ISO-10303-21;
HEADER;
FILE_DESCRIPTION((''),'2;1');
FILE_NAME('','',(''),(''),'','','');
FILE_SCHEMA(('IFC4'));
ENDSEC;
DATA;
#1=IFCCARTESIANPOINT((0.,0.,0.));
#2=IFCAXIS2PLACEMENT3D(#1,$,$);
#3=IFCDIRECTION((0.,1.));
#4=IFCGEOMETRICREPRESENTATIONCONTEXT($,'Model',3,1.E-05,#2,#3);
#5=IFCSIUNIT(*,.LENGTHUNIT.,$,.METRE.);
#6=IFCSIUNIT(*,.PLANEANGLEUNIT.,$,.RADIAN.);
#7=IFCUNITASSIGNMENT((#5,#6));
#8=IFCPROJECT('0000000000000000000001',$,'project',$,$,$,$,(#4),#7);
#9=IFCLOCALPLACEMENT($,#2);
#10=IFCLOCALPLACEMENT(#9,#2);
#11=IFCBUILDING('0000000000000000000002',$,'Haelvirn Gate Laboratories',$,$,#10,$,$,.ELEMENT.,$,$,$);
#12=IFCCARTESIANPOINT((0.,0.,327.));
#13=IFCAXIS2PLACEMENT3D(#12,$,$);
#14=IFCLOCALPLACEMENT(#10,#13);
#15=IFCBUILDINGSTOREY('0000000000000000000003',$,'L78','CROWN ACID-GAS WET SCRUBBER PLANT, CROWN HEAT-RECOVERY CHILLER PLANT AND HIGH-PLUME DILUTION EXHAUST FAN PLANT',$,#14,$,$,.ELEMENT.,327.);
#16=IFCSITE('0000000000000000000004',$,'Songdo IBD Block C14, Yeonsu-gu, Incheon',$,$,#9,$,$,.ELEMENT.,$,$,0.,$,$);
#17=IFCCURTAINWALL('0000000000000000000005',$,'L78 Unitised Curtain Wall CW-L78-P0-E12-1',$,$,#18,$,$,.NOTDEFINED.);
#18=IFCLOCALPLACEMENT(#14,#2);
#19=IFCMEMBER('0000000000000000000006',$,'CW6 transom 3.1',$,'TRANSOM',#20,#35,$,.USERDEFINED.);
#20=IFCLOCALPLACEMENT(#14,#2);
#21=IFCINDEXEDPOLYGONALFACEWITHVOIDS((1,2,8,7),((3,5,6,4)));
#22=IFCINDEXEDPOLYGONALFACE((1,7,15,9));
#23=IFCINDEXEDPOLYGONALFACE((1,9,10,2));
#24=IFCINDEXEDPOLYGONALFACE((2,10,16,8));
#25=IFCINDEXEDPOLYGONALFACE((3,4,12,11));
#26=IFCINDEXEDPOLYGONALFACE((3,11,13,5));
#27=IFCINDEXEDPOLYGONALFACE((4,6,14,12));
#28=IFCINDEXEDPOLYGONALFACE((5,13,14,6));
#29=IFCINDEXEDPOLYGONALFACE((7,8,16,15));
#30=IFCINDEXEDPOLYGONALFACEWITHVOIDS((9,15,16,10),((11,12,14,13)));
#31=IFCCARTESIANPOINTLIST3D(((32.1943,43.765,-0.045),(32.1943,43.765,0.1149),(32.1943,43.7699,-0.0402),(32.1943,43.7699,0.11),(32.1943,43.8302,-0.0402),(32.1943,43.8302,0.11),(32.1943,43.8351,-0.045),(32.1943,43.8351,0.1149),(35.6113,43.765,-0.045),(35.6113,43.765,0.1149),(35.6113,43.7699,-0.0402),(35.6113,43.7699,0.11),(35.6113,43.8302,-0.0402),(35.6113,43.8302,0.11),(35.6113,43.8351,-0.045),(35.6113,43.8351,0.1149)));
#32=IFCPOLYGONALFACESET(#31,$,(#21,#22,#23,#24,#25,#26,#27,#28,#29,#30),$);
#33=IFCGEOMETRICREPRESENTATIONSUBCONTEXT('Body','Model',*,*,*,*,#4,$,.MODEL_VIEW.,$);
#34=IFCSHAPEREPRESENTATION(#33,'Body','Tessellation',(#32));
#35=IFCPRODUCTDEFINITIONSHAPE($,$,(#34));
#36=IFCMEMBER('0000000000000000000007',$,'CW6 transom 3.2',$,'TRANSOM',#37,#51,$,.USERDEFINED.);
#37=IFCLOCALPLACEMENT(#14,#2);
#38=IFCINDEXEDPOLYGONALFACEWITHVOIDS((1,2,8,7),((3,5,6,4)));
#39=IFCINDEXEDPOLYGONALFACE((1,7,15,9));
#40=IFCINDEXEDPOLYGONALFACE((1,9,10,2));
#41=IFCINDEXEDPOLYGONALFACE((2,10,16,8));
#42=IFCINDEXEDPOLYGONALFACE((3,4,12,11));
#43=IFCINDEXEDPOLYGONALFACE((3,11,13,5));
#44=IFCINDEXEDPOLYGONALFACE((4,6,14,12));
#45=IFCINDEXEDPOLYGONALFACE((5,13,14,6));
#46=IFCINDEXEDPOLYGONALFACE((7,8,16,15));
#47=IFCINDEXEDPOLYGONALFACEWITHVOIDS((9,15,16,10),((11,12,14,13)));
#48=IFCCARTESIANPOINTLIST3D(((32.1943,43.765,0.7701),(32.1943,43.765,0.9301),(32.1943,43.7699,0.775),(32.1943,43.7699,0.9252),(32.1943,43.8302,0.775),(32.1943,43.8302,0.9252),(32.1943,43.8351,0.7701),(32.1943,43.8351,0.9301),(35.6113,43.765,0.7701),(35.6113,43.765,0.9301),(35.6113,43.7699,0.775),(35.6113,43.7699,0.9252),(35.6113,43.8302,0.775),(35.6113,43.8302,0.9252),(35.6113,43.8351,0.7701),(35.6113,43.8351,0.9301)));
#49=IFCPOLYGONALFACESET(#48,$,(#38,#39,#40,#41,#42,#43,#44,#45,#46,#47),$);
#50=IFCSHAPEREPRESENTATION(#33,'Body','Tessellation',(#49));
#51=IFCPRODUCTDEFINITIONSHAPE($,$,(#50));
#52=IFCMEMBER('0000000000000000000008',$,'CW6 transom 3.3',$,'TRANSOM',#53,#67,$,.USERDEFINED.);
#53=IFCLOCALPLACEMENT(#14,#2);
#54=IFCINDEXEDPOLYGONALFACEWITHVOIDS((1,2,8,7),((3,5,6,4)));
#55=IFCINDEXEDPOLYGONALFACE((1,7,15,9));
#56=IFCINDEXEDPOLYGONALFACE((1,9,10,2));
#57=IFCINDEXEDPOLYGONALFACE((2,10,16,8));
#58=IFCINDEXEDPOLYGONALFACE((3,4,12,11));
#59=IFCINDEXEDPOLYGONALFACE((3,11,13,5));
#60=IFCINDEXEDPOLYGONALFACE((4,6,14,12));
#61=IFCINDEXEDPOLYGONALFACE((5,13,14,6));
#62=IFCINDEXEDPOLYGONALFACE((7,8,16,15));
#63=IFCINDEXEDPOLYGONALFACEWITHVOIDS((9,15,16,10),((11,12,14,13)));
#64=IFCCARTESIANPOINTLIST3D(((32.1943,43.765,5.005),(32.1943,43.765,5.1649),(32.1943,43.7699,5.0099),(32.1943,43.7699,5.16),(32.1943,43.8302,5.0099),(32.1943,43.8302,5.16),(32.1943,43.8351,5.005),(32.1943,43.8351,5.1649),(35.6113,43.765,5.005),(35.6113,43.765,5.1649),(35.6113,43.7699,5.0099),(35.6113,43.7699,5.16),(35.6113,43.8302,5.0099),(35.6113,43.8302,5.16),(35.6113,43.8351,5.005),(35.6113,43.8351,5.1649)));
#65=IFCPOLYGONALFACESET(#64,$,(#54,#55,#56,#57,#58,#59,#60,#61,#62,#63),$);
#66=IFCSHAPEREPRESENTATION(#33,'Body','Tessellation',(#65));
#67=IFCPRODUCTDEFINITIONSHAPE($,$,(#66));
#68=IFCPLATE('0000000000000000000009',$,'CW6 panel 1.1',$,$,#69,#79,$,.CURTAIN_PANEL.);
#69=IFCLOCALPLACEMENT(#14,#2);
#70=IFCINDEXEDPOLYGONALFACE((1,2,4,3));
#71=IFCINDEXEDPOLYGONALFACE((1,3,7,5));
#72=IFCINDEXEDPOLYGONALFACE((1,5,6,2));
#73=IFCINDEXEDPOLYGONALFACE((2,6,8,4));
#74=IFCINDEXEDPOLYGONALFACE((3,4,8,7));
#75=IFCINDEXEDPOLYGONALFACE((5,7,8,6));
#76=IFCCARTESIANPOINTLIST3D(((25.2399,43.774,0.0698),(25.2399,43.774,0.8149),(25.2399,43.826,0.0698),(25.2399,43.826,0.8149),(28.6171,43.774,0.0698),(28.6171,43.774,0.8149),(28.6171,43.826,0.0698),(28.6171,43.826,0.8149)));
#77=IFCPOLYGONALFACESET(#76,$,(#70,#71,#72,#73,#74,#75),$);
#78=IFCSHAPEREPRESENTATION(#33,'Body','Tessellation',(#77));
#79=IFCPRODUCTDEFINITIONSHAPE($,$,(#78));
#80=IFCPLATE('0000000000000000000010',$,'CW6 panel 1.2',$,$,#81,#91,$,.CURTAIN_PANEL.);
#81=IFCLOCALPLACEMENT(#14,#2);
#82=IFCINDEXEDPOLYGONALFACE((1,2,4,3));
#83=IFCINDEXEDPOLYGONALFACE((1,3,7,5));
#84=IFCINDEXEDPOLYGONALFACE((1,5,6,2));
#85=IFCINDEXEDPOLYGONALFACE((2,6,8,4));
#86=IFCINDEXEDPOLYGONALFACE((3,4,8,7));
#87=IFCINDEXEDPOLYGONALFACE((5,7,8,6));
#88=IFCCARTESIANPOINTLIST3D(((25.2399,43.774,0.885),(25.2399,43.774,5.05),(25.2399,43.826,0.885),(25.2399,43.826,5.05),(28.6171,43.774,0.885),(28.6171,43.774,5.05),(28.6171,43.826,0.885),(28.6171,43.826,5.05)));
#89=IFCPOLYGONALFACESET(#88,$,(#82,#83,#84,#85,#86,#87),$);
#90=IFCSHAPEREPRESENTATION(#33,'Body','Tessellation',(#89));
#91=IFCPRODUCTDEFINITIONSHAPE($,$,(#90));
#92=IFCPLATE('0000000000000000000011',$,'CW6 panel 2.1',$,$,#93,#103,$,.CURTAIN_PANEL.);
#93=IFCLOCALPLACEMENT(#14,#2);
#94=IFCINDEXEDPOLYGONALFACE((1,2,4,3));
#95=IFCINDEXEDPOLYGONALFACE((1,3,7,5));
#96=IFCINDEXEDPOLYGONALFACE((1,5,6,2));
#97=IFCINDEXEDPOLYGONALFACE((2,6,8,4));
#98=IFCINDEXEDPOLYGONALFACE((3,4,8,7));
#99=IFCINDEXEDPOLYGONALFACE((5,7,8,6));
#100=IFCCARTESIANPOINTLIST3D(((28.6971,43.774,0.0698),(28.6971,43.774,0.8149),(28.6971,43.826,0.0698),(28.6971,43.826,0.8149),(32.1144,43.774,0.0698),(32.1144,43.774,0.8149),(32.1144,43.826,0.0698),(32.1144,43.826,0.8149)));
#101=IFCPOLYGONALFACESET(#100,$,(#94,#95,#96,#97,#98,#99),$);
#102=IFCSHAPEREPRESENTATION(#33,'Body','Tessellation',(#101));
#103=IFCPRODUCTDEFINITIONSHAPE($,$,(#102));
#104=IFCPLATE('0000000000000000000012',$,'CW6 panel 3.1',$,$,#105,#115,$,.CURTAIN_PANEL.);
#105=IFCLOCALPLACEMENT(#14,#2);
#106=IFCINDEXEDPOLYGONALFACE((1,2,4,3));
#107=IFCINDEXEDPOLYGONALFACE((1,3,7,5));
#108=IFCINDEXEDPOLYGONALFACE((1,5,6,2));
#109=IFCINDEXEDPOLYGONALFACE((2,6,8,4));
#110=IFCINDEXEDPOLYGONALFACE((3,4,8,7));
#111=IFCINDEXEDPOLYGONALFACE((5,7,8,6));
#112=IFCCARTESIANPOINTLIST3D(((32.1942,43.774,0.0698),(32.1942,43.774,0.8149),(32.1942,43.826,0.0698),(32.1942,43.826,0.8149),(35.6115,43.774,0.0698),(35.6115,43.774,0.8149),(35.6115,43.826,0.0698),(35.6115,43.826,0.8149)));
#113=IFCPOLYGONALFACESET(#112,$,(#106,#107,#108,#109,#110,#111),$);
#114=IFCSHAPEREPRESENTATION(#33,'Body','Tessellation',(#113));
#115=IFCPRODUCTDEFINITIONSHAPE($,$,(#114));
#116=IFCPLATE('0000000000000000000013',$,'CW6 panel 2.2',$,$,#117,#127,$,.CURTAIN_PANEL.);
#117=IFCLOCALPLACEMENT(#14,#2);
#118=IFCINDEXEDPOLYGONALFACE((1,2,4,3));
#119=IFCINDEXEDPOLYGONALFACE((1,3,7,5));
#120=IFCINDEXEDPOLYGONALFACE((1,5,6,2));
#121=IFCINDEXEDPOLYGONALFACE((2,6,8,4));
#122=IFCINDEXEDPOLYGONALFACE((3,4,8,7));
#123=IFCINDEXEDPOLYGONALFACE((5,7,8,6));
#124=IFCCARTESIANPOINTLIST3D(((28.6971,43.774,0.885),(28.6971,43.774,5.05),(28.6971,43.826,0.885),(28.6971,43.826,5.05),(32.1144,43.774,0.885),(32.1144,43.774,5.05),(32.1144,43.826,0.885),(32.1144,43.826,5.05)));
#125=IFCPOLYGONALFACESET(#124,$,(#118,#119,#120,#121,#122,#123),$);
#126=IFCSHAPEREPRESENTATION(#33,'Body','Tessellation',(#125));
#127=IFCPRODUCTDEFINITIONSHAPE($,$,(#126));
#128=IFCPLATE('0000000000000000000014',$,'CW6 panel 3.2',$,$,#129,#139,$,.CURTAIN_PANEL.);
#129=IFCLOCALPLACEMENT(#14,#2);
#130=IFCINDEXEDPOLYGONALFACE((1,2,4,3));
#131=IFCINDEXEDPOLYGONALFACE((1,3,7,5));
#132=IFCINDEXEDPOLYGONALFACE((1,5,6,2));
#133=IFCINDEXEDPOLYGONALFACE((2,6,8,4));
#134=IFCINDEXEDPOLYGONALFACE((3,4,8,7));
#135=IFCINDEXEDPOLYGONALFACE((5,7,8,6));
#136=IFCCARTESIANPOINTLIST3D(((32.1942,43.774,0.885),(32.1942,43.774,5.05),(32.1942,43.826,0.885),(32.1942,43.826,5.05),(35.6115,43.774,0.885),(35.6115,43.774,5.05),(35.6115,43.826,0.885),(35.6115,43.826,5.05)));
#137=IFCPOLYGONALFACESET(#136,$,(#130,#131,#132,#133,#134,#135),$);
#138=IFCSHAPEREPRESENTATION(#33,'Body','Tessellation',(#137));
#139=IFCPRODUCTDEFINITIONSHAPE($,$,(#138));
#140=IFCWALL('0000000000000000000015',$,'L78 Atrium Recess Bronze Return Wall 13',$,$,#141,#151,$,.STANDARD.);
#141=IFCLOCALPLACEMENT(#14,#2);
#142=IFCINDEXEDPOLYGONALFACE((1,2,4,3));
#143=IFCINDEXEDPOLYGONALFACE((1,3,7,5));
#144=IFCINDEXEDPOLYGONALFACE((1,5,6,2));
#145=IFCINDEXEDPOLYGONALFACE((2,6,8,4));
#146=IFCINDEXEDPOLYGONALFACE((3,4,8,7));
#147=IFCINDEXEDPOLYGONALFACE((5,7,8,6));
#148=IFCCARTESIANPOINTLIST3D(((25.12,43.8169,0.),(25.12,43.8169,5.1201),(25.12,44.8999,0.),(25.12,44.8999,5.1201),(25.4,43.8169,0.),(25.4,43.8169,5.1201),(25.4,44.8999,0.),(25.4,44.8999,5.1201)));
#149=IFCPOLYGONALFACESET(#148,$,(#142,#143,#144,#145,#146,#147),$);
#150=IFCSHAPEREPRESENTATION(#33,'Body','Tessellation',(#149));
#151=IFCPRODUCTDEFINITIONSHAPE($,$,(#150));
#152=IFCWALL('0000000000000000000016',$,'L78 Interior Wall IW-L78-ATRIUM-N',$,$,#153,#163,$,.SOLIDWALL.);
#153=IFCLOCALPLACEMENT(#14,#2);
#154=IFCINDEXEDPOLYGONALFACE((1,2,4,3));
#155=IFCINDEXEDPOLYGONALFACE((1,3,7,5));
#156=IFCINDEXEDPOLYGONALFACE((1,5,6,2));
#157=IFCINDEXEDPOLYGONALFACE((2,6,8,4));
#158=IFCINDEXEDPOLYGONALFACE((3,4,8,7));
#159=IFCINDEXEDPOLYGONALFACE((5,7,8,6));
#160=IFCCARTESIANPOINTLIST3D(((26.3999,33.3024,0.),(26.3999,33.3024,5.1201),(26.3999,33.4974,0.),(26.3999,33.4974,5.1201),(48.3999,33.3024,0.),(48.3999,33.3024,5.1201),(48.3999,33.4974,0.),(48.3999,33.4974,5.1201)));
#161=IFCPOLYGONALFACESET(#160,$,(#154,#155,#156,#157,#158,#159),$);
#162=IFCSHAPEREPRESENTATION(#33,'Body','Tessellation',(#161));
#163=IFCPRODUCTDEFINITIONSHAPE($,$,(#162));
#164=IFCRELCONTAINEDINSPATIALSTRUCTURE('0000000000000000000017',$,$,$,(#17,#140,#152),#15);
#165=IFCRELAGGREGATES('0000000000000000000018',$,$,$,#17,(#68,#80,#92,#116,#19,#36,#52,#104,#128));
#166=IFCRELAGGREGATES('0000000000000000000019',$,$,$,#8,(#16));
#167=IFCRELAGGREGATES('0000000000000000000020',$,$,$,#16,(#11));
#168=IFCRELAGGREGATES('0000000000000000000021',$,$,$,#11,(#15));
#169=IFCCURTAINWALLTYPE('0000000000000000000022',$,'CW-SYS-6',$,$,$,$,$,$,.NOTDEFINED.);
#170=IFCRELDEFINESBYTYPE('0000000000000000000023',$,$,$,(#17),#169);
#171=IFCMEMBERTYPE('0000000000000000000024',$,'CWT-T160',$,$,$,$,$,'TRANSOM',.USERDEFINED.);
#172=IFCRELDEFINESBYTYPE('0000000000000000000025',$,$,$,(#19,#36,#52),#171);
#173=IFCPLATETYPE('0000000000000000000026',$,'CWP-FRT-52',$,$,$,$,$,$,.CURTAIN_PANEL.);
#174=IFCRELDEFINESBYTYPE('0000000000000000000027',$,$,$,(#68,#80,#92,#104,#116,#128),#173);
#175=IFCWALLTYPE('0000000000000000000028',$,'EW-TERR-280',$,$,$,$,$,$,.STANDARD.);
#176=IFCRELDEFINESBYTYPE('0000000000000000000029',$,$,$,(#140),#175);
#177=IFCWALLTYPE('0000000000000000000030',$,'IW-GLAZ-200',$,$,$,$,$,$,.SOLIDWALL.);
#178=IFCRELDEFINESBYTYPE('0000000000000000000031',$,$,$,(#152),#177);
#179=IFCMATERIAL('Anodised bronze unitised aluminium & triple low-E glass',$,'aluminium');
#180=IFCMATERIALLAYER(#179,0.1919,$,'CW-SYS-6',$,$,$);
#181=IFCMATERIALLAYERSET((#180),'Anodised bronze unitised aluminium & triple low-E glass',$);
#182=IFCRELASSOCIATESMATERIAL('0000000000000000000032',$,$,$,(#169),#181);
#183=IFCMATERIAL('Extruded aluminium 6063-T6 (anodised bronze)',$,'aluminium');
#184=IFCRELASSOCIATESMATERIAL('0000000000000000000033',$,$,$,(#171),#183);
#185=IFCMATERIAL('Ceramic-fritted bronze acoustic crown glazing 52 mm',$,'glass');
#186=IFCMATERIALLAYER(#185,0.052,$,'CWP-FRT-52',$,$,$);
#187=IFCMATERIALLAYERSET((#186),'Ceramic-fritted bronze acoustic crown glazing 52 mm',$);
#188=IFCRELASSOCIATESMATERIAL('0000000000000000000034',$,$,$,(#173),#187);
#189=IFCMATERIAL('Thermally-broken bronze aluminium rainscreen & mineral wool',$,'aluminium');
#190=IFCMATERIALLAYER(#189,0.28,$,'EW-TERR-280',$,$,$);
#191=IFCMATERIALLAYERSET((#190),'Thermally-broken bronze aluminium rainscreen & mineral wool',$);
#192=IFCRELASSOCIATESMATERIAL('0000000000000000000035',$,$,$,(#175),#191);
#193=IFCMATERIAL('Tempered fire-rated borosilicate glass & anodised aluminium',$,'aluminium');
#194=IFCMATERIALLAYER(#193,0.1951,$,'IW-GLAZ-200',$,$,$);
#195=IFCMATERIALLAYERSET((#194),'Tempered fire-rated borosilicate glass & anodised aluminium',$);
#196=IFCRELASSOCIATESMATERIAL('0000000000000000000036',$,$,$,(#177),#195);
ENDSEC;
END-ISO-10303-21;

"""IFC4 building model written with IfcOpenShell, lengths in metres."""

from ifc_helpers import new_model, si_unit, direction, frame, frame_2d, origin, origin_2d, place, context, subcontext, project, spatial, rectangle, hollow_rectangle, extrude, source, transform, mapped, material, layer, layer_set, material_profile, profile_set, type_object, type_shapes, element, aggregate, save


model = new_model("IFC4")

# Units and contexts
model_context = context("Model", 3, precision=1e-05, world=origin(), true_north=direction((0.0, 1.0)))
body_context = subcontext(model_context, "Body", "Model", "MODEL_VIEW")
ifc_project = project(units=[si_unit("LENGTHUNIT", "METRE"), si_unit("PLANEANGLEUNIT", "RADIAN")], contexts=[model_context])

# Site, building, storey
site_placement = place(None, origin())
site = spatial("IfcSite", under=ifc_project, at=site_placement, Name="Songdo IBD Block C14, Yeonsu-gu, Incheon", CompositionType="ELEMENT", RefElevation=0.0)
building_placement = place(site_placement, origin())
building = spatial("IfcBuilding", under=site, at=building_placement, Name="Haelvirn Gate Laboratories", CompositionType="ELEMENT")
storey_placement = place(building_placement, frame((0.0, 0.0, 327.0)))
storey = spatial("IfcBuildingStorey", under=building, at=storey_placement, Name="L78", Description="CROWN ACID-GAS WET SCRUBBER PLANT, CROWN HEAT-RECOVERY CHILLER PLANT AND HIGH-PLUME DILUTION EXHAUST FAN PLANT", CompositionType="ELEMENT", Elevation=327.0)

# Curtain wall
ifc_material_1 = material(Name="Anodised bronze unitised aluminium & triple low-E glass", Category="aluminium")
ifc_layer_1 = layer(ifc_material_1, 0.1919, Name="CW-SYS-6")
ifc_layer_set_1 = layer_set([ifc_layer_1], Name="Anodised bronze unitised aluminium & triple low-E glass")
curtain_wall_type = type_object("IfcCurtainWallType", Name="CW-SYS-6", PredefinedType="NOTDEFINED", material=ifc_layer_set_1)
curtain_wall_1_placement = place(storey_placement, origin())
curtain_wall_1 = element("IfcCurtainWall", 1, at=curtain_wall_1_placement, inside=storey, type_object=curtain_wall_type, Name="L78 Unitised Curtain Wall CW-L78-P0-E12-1", PredefinedType="NOTDEFINED")
ifc_material_2 = material(Name="Extruded aluminium 6063-T6 (anodised bronze)", Category="aluminium")

# Members
ifc_material_profile_1 = material_profile(ifc_material_2, hollow_rectangle(XDim=0.0701, YDim=0.1599, WallThickness=0.0049, at=origin_2d()), Name="CWT-160x70x5")
ifc_profile_set_1 = profile_set([ifc_material_profile_1], Name="Extruded aluminium 6063-T6 (anodised bronze)")
member_type_1 = type_object("IfcMemberType", Name="CWT-T160", ElementType="TRANSOM", PredefinedType="USERDEFINED", material=ifc_profile_set_1)
shared_shape_1 = source(origin(), body_context, "Body", "SweptSolid", [
    extrude(hollow_rectangle(XDim=0.0701, YDim=0.1599, WallThickness=0.0049, at=origin_2d()), origin(), (0.0, 0.0, 1.0), 3.417),
])
member_1_placement = place(storey_placement, frame((32.1943, 43.8, 0.0349), z_axis=(1.0, 0.0, 0.0), x_axis=(0.0, 1.0, 0.0)))
member_1 = element("IfcMember", 2, at=member_1_placement, type_object=member_type_1, Name="CW6 transom 3.1", ObjectType="TRANSOM", PredefinedType="USERDEFINED", context=body_context, shape_type="MappedRepresentation", body=[
    mapped(shared_shape_1, transform((0.0, 0.0, 0.0), scale=1.0)),
])
member_2_placement = place(storey_placement, frame((32.1943, 43.8, 0.8501), z_axis=(1.0, 0.0, 0.0), x_axis=(0.0, 1.0, 0.0)))
member_2 = element("IfcMember", 3, at=member_2_placement, type_object=member_type_1, Name="CW6 transom 3.2", ObjectType="TRANSOM", PredefinedType="USERDEFINED", context=body_context, shape_type="MappedRepresentation", body=[
    mapped(shared_shape_1, transform((0.0, 0.0, 0.0), scale=1.0)),
])
member_3_placement = place(storey_placement, frame((32.1943, 43.8, 5.085), z_axis=(1.0, 0.0, 0.0), x_axis=(0.0, 1.0, 0.0)))
member_3 = element("IfcMember", 4, at=member_3_placement, type_object=member_type_1, Name="CW6 transom 3.3", ObjectType="TRANSOM", PredefinedType="USERDEFINED", context=body_context, shape_type="MappedRepresentation", body=[
    mapped(shared_shape_1, transform((0.0, 0.0, 0.0), scale=1.0)),
])

# Plates
ifc_material_3 = material(Name="Ceramic-fritted bronze acoustic crown glazing 52 mm", Category="glass")
ifc_layer_2 = layer(ifc_material_3, 0.052, Name="CWP-FRT-52")
ifc_layer_set_2 = layer_set([ifc_layer_2], Name="Ceramic-fritted bronze acoustic crown glazing 52 mm")
plate_type = type_object("IfcPlateType", Name="CWP-FRT-52", PredefinedType="CURTAIN_PANEL", material=ifc_layer_set_2)
shared_shape_2 = source(origin(), body_context, "Body", "SweptSolid", [
    extrude(rectangle(XDim=3.3772, YDim=0.052, at=origin_2d()), origin(), (0.0, 0.0, 1.0), 0.7451),
])
plate_1_placement = place(storey_placement, frame((26.9285, 43.8, 0.0698), z_axis=(0.0, 0.0, 1.0), x_axis=(1.0, 0.0, 0.0)))
plate_1 = element("IfcPlate", 5, at=plate_1_placement, type_object=plate_type, Name="CW6 panel 1.1", PredefinedType="CURTAIN_PANEL", context=body_context, shape_type="MappedRepresentation", body=[
    mapped(shared_shape_2, transform((0.0, 0.0, 0.0), scale=1.0)),
])
shared_shape_3 = source(origin(), body_context, "Body", "SweptSolid", [
    extrude(rectangle(XDim=3.3772, YDim=0.052, at=origin_2d()), origin(), (0.0, 0.0, 1.0), 4.165),
])
plate_2_placement = place(storey_placement, frame((26.9285, 43.8, 0.885), z_axis=(0.0, 0.0, 1.0), x_axis=(1.0, 0.0, 0.0)))
plate_2 = element("IfcPlate", 6, at=plate_2_placement, type_object=plate_type, Name="CW6 panel 1.2", PredefinedType="CURTAIN_PANEL", context=body_context, shape_type="MappedRepresentation", body=[
    mapped(shared_shape_3, transform((0.0, 0.0, 0.0), scale=1.0)),
])
shared_shape_4 = source(origin(), body_context, "Body", "SweptSolid", [
    extrude(rectangle(XDim=3.4172, YDim=0.052, at=origin_2d()), origin(), (0.0, 0.0, 1.0), 0.7451),
])
plate_3_placement = place(storey_placement, frame((30.4058, 43.8, 0.0698), z_axis=(0.0, 0.0, 1.0), x_axis=(1.0, 0.0, 0.0)))
plate_3 = element("IfcPlate", 7, at=plate_3_placement, type_object=plate_type, Name="CW6 panel 2.1", PredefinedType="CURTAIN_PANEL", context=body_context, shape_type="MappedRepresentation", body=[
    mapped(shared_shape_4, transform((0.0, 0.0, 0.0), scale=1.0)),
])
plate_4_placement = place(storey_placement, frame((33.9028, 43.8, 0.0698), z_axis=(0.0, 0.0, 1.0), x_axis=(1.0, 0.0, 0.0)))
plate_4 = element("IfcPlate", 8, at=plate_4_placement, type_object=plate_type, Name="CW6 panel 3.1", PredefinedType="CURTAIN_PANEL", context=body_context, shape_type="MappedRepresentation", body=[
    mapped(shared_shape_4, transform((0.0, 0.0, 0.0), scale=1.0)),
])
shared_shape_5 = source(origin(), body_context, "Body", "SweptSolid", [
    extrude(rectangle(XDim=3.4172, YDim=0.052, at=origin_2d()), origin(), (0.0, 0.0, 1.0), 4.165),
])
type_shapes(plate_type, [shared_shape_2, shared_shape_3, shared_shape_4, shared_shape_5])
plate_5_placement = place(storey_placement, frame((30.4058, 43.8, 0.885), z_axis=(0.0, 0.0, 1.0), x_axis=(1.0, 0.0, 0.0)))
plate_5 = element("IfcPlate", 9, at=plate_5_placement, type_object=plate_type, Name="CW6 panel 2.2", PredefinedType="CURTAIN_PANEL", context=body_context, shape_type="MappedRepresentation", body=[
    mapped(shared_shape_5, transform((0.0, 0.0, 0.0), scale=1.0)),
])
plate_6_placement = place(storey_placement, frame((33.9028, 43.8, 0.885), z_axis=(0.0, 0.0, 1.0), x_axis=(1.0, 0.0, 0.0)))
plate_6 = element("IfcPlate", 10, at=plate_6_placement, type_object=plate_type, Name="CW6 panel 3.2", PredefinedType="CURTAIN_PANEL", context=body_context, shape_type="MappedRepresentation", body=[
    mapped(shared_shape_5, transform((0.0, 0.0, 0.0), scale=1.0)),
])
aggregate(curtain_wall_1, [plate_1, plate_2, plate_3, plate_5, member_1, member_2, member_3, plate_4, plate_6])

# Walls
ifc_material_4 = material(Name="Thermally-broken bronze aluminium rainscreen & mineral wool", Category="aluminium")
ifc_layer_3 = layer(ifc_material_4, 0.28, Name="EW-TERR-280")
ifc_layer_set_3 = layer_set([ifc_layer_3], Name="Thermally-broken bronze aluminium rainscreen & mineral wool")
wall_type_1 = type_object("IfcWallType", Name="EW-TERR-280", PredefinedType="STANDARD", material=ifc_layer_set_3)
wall_1_placement = place(storey_placement, frame((25.26, 43.8169, 0.0), z_axis=(0.0, 0.0, 1.0), x_axis=(0.0, 1.0, 0.0)))
element("IfcWall", 11, at=wall_1_placement, inside=storey, type_object=wall_type_1, Name="L78 Atrium Recess Bronze Return Wall 13", PredefinedType="STANDARD", context=body_context, shape_type="SweptSolid", body=[
    extrude(rectangle(XDim=1.083, YDim=0.28, at=frame_2d((0.5415, 0.0))), origin(), (0.0, 0.0, 1.0), 5.1201),
])
ifc_material_5 = material(Name="Tempered fire-rated borosilicate glass & anodised aluminium", Category="aluminium")
ifc_layer_4 = layer(ifc_material_5, 0.1951, Name="IW-GLAZ-200")
ifc_layer_set_4 = layer_set([ifc_layer_4], Name="Tempered fire-rated borosilicate glass & anodised aluminium")
wall_type_2 = type_object("IfcWallType", Name="IW-GLAZ-200", PredefinedType="SOLIDWALL", material=ifc_layer_set_4)
wall_2_placement = place(storey_placement, frame((26.3999, 33.3999, 0.0), z_axis=(0.0, 0.0, 1.0), x_axis=(1.0, 0.0, 0.0)))
element("IfcWall", 12, at=wall_2_placement, inside=storey, type_object=wall_type_2, Name="L78 Interior Wall IW-L78-ATRIUM-N", PredefinedType="SOLIDWALL", context=body_context, shape_type="SweptSolid", body=[
    extrude(rectangle(XDim=22.0, YDim=0.1951, at=frame_2d((11.0, 0.0))), origin(), (0.0, 0.0, 1.0), 5.1201),
])

save(model, "model.ifc")
